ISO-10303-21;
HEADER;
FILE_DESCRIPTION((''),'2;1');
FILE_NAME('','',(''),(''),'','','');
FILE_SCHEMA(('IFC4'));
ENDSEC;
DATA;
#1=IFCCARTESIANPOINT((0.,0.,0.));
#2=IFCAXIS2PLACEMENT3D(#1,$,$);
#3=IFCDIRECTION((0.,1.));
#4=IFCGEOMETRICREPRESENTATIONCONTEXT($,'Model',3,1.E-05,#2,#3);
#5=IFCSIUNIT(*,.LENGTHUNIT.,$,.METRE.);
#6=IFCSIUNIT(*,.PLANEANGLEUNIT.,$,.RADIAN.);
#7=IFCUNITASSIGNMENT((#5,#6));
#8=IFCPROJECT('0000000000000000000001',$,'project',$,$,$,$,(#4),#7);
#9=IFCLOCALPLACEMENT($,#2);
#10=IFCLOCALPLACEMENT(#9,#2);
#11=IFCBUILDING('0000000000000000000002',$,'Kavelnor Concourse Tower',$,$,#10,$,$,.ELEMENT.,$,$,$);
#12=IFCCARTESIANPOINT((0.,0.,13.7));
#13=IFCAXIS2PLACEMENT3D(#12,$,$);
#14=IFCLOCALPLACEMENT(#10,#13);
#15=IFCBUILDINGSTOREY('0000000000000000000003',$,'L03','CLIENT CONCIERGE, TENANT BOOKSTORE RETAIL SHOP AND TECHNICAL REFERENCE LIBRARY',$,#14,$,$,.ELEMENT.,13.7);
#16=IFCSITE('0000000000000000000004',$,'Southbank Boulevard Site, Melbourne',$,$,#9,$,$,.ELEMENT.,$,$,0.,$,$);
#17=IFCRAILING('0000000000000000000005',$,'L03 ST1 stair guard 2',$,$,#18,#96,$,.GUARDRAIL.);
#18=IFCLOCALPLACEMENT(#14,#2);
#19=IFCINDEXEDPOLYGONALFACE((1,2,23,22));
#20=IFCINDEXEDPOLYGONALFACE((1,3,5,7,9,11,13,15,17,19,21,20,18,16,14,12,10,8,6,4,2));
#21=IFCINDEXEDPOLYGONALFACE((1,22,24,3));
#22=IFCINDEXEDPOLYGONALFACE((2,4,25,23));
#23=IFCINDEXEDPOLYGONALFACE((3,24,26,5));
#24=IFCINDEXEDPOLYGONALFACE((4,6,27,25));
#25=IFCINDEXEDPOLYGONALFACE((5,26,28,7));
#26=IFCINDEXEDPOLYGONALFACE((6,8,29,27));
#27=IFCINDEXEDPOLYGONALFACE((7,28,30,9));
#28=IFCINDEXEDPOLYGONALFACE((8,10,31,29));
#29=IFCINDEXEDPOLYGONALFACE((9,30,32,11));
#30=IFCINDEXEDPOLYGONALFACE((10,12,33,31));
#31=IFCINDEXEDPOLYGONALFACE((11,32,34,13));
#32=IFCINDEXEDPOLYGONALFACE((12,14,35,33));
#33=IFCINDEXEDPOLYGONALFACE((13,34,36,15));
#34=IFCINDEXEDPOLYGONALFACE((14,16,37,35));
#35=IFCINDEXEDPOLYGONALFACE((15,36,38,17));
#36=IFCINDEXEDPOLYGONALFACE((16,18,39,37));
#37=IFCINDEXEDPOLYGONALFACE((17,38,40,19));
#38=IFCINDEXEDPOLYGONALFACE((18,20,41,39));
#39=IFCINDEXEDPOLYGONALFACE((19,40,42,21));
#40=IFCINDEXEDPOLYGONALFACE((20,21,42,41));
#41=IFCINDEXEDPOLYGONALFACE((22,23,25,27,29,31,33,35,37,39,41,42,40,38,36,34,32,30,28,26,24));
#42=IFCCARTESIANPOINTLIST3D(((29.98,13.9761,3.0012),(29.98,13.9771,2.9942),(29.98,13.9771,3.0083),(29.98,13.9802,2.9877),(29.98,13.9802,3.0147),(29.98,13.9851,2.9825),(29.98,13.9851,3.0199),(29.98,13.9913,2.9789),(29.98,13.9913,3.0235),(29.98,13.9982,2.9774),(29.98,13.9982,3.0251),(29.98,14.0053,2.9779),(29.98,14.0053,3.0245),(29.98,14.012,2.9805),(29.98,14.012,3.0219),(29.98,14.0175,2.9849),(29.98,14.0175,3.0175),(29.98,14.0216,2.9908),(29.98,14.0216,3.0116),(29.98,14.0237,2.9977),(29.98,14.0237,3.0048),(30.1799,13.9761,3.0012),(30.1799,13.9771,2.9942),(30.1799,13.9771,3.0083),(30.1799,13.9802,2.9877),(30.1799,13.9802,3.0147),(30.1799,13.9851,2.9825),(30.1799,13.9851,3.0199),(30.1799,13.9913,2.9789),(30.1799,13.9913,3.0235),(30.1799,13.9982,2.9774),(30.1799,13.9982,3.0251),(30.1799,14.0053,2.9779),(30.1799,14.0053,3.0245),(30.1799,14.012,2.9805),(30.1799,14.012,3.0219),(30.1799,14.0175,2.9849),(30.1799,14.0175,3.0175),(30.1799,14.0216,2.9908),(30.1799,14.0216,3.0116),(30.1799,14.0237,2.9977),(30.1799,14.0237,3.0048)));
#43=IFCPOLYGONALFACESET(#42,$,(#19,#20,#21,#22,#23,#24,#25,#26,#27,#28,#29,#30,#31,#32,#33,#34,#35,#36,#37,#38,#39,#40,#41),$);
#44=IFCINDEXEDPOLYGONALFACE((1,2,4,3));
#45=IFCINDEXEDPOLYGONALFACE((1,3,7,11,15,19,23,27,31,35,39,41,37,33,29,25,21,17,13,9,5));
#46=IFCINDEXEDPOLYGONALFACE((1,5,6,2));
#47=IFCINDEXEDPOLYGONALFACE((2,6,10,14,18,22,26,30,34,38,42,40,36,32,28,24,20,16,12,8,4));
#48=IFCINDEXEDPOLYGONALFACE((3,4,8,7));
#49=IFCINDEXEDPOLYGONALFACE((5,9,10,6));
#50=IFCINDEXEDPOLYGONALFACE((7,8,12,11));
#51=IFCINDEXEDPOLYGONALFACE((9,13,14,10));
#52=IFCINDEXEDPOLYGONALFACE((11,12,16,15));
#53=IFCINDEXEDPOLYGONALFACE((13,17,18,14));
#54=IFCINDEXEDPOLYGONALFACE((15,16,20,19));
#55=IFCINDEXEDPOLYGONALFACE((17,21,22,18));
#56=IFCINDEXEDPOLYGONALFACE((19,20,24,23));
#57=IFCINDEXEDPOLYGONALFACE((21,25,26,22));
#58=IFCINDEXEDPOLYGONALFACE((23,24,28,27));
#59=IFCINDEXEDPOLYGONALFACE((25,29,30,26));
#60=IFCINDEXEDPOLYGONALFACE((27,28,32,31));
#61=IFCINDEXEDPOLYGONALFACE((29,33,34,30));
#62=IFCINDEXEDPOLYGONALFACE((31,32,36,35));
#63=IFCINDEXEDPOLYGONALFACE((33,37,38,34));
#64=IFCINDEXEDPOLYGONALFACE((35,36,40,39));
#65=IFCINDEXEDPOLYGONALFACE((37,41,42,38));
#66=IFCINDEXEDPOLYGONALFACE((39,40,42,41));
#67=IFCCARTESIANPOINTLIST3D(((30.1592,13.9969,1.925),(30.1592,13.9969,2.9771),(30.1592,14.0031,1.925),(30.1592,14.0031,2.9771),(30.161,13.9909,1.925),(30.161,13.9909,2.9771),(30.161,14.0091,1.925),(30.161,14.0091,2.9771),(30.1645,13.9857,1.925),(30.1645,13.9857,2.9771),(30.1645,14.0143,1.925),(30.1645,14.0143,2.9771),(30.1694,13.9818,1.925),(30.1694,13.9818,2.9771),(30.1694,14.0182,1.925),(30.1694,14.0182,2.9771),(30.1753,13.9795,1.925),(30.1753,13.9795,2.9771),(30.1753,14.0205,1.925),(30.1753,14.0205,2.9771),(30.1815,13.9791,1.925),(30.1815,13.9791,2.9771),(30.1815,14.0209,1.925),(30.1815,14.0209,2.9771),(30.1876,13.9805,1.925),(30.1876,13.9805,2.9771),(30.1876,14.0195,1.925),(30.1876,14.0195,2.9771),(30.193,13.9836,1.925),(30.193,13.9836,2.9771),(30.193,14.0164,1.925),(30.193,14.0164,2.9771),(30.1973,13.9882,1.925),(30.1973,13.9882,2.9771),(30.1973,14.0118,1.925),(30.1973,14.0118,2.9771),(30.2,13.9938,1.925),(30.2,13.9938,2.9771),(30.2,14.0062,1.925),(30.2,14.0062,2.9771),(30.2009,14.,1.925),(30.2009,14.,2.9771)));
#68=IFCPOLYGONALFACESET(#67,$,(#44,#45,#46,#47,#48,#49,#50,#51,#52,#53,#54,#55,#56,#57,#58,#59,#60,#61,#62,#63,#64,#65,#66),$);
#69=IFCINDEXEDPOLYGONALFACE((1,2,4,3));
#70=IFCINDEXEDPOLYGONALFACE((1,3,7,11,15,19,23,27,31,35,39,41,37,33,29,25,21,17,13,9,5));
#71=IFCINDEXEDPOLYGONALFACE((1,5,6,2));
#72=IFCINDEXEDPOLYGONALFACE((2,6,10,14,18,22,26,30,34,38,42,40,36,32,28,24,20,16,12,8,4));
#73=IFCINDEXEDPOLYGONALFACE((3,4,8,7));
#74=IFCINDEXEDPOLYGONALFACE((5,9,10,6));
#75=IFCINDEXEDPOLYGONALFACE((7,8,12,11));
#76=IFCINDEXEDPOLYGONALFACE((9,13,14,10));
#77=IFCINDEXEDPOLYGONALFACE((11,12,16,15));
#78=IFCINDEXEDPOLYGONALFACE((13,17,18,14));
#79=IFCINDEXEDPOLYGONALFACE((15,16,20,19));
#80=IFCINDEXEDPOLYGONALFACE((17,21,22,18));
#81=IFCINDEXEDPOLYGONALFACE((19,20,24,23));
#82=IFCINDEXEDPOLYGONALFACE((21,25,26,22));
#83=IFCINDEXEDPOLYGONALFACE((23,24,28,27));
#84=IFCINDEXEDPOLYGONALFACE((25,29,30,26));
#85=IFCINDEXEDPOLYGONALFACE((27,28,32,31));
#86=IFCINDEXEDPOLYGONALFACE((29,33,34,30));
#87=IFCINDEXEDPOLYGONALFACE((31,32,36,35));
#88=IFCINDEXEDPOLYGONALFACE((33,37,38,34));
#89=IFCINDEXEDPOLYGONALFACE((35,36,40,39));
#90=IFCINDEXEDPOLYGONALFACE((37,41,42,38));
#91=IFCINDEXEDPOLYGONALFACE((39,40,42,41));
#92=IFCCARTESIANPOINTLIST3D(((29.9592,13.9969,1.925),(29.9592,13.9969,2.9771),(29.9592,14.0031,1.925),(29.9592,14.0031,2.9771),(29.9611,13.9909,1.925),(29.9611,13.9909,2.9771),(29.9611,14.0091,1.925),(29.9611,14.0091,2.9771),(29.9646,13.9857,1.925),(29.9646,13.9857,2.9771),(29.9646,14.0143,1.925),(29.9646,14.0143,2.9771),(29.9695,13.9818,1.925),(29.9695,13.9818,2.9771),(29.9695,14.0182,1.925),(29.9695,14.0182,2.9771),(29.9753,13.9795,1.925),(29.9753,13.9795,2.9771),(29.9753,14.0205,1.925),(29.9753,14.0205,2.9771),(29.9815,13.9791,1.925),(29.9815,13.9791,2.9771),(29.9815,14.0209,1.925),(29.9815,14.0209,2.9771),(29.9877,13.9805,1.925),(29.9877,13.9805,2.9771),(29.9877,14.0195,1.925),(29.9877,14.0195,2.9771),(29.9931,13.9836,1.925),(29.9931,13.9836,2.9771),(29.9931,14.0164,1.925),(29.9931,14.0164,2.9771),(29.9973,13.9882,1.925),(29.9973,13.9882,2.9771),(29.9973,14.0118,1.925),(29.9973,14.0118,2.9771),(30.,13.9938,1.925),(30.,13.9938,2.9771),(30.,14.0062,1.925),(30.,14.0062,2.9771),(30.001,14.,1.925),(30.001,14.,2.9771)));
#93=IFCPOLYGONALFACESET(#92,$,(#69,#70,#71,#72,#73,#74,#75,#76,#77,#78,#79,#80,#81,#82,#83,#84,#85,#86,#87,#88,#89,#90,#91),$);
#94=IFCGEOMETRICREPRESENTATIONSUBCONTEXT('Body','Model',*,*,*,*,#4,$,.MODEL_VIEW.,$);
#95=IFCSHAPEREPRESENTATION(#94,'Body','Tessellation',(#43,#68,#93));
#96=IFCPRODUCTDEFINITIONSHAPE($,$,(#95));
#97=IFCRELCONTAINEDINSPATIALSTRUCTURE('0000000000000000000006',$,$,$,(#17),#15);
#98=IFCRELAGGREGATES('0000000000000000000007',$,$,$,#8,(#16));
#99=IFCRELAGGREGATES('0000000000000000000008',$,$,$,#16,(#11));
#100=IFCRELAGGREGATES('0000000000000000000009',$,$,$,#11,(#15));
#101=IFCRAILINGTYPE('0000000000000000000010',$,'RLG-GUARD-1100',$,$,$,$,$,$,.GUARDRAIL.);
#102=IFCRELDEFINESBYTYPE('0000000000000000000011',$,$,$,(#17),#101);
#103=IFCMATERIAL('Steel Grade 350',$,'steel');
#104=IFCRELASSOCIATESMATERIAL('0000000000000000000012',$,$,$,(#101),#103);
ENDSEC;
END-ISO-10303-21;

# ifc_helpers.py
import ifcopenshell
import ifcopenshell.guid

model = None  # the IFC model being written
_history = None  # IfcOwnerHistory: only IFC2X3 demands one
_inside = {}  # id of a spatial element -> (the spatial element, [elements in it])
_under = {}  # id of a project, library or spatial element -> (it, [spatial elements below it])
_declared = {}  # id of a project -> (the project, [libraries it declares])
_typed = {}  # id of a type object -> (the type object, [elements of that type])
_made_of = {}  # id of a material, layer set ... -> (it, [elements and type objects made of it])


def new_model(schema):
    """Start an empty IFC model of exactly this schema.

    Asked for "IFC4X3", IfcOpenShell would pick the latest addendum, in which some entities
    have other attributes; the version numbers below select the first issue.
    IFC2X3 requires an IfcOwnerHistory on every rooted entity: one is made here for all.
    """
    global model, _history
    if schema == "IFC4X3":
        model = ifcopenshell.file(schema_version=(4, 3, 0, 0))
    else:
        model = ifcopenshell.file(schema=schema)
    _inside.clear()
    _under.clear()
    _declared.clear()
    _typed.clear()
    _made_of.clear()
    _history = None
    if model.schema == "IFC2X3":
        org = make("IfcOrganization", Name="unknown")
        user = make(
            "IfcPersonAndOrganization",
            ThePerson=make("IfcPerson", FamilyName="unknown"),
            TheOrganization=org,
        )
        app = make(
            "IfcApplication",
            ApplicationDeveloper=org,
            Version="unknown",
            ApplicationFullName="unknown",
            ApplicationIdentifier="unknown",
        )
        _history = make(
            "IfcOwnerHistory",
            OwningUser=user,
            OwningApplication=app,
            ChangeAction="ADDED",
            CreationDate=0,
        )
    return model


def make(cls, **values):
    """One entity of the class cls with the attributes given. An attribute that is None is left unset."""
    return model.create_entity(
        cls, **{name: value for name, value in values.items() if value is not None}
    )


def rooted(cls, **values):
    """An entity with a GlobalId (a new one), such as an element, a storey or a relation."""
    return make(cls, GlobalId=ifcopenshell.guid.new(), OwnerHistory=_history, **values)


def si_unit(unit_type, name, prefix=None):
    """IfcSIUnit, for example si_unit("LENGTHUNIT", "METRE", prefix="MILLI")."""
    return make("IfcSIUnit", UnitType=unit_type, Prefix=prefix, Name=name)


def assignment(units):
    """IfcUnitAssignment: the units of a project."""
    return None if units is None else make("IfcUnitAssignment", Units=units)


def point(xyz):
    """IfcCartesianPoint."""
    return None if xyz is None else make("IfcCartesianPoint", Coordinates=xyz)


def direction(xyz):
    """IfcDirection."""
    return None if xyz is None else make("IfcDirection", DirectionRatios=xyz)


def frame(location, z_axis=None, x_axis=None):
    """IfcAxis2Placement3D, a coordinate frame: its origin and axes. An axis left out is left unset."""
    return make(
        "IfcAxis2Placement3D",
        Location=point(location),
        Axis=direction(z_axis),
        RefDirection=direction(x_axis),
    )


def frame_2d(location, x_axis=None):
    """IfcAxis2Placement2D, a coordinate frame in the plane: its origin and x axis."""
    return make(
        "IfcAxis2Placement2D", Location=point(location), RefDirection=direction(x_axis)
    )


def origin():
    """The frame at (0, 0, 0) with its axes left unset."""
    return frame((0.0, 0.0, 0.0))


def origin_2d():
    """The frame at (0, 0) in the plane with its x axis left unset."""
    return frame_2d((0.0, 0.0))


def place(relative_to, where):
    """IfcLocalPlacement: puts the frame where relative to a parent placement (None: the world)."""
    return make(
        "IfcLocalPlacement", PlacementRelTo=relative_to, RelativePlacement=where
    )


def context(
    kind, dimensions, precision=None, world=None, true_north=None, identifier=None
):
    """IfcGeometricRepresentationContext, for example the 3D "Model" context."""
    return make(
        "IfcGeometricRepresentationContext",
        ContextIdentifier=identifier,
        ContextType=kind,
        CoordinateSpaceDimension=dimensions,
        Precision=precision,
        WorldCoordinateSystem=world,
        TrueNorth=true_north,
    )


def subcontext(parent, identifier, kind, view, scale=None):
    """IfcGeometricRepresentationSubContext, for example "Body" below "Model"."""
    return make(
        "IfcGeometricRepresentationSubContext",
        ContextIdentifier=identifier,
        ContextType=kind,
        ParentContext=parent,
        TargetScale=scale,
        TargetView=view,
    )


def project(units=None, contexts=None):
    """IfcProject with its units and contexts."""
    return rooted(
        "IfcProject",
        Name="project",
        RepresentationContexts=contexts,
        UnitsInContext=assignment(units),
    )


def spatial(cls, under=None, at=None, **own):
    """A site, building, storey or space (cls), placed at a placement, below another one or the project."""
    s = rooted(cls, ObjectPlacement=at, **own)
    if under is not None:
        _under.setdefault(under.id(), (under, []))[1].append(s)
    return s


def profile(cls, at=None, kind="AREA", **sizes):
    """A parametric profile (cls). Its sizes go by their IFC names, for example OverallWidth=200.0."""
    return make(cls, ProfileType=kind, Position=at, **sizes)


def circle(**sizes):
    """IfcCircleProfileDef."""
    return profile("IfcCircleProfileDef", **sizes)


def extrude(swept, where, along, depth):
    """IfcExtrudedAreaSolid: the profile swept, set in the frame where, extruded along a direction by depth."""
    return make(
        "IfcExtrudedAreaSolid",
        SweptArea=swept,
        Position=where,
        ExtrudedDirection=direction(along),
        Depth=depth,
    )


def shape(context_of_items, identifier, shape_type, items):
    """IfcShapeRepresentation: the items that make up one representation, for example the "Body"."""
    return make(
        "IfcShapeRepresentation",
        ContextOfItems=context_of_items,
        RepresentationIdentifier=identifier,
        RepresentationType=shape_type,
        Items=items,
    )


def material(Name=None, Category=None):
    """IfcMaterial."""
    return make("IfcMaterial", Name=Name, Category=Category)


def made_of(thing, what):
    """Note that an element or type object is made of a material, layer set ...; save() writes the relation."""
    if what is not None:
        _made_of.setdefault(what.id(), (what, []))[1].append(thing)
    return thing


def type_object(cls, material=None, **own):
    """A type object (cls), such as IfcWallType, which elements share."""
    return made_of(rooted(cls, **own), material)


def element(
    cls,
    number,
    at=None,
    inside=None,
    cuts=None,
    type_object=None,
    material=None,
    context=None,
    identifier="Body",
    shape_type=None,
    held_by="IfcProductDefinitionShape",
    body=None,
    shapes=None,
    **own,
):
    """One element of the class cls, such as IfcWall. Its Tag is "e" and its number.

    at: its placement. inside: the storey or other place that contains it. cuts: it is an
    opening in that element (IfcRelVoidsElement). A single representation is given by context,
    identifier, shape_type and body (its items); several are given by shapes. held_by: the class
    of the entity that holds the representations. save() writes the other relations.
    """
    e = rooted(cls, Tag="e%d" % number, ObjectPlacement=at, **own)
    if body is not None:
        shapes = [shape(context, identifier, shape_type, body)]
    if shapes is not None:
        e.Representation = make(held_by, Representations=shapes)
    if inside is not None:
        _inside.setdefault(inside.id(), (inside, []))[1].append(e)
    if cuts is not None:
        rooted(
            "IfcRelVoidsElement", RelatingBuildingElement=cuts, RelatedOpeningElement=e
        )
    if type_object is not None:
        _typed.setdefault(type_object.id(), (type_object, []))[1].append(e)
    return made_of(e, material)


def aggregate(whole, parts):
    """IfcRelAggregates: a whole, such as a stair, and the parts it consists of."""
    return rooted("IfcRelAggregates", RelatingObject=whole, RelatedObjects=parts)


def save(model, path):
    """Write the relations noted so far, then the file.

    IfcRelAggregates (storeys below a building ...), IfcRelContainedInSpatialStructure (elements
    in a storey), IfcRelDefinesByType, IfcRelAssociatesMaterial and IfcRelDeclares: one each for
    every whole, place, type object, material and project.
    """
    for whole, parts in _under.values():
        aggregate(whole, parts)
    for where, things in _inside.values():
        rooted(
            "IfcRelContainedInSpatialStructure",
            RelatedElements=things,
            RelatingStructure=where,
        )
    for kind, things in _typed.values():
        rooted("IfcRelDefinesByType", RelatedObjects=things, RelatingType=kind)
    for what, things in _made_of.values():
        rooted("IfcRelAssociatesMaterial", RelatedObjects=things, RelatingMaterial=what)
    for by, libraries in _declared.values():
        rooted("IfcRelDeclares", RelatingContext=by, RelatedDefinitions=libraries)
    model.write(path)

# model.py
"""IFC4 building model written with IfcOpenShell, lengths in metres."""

from ifc_helpers import new_model, si_unit, direction, frame, origin, origin_2d, place, context, subcontext, project, spatial, circle, extrude, material, type_object, element, save


model = new_model("IFC4")

# Units and contexts
model_context = context("Model", 3, precision=1e-05, world=origin(), true_north=direction((0.0, 1.0)))
body_context = subcontext(model_context, "Body", "Model", "MODEL_VIEW")
ifc_project = project(units=[si_unit("LENGTHUNIT", "METRE"), si_unit("PLANEANGLEUNIT", "RADIAN")], contexts=[model_context])

# Site, building, storey
site_placement = place(None, origin())
site = spatial("IfcSite", under=ifc_project, at=site_placement, Name="Southbank Boulevard Site, Melbourne", CompositionType="ELEMENT", RefElevation=0.0)
building_placement = place(site_placement, origin())
building = spatial("IfcBuilding", under=site, at=building_placement, Name="Kavelnor Concourse Tower", CompositionType="ELEMENT")
storey_placement = place(building_placement, frame((0.0, 0.0, 13.7)))
storey = spatial("IfcBuildingStorey", under=building, at=storey_placement, Name="L03", Description="CLIENT CONCIERGE, TENANT BOOKSTORE RETAIL SHOP AND TECHNICAL REFERENCE LIBRARY", CompositionType="ELEMENT", Elevation=13.7)

# Shared definitions
ifc_material_1 = material(Name="Steel Grade 350", Category="steel")

# Railing
railing_type_1 = type_object("IfcRailingType", Name="RLG-GUARD-1100", PredefinedType="GUARDRAIL", material=ifc_material_1)
railing_1_placement = place(storey_placement, frame((30.1799, 14.0, 1.925)))
element("IfcRailing", 1, at=railing_1_placement, inside=storey, type_object=railing_type_1, Name="L03 ST1 stair guard 2", PredefinedType="GUARDRAIL", context=body_context, shape_type="SweptSolid", body=[
    extrude(circle(Radius=0.0239, at=origin_2d()), frame((0.0, 0.0, 1.0762), z_axis=(-1.0, 0.0, 0.0), x_axis=(0.0, -1.0, 0.0)), (0.0, 0.0, 1.0), 0.2),
    extrude(circle(Radius=0.021, at=origin_2d()), origin(), (0.0, 0.0, 1.0), 1.052),
    extrude(circle(Radius=0.021, at=origin_2d()), frame((-0.2, 0.0, 0.0)), (0.0, 0.0, 1.0), 1.052),
])

save(model, "model.ifc")
